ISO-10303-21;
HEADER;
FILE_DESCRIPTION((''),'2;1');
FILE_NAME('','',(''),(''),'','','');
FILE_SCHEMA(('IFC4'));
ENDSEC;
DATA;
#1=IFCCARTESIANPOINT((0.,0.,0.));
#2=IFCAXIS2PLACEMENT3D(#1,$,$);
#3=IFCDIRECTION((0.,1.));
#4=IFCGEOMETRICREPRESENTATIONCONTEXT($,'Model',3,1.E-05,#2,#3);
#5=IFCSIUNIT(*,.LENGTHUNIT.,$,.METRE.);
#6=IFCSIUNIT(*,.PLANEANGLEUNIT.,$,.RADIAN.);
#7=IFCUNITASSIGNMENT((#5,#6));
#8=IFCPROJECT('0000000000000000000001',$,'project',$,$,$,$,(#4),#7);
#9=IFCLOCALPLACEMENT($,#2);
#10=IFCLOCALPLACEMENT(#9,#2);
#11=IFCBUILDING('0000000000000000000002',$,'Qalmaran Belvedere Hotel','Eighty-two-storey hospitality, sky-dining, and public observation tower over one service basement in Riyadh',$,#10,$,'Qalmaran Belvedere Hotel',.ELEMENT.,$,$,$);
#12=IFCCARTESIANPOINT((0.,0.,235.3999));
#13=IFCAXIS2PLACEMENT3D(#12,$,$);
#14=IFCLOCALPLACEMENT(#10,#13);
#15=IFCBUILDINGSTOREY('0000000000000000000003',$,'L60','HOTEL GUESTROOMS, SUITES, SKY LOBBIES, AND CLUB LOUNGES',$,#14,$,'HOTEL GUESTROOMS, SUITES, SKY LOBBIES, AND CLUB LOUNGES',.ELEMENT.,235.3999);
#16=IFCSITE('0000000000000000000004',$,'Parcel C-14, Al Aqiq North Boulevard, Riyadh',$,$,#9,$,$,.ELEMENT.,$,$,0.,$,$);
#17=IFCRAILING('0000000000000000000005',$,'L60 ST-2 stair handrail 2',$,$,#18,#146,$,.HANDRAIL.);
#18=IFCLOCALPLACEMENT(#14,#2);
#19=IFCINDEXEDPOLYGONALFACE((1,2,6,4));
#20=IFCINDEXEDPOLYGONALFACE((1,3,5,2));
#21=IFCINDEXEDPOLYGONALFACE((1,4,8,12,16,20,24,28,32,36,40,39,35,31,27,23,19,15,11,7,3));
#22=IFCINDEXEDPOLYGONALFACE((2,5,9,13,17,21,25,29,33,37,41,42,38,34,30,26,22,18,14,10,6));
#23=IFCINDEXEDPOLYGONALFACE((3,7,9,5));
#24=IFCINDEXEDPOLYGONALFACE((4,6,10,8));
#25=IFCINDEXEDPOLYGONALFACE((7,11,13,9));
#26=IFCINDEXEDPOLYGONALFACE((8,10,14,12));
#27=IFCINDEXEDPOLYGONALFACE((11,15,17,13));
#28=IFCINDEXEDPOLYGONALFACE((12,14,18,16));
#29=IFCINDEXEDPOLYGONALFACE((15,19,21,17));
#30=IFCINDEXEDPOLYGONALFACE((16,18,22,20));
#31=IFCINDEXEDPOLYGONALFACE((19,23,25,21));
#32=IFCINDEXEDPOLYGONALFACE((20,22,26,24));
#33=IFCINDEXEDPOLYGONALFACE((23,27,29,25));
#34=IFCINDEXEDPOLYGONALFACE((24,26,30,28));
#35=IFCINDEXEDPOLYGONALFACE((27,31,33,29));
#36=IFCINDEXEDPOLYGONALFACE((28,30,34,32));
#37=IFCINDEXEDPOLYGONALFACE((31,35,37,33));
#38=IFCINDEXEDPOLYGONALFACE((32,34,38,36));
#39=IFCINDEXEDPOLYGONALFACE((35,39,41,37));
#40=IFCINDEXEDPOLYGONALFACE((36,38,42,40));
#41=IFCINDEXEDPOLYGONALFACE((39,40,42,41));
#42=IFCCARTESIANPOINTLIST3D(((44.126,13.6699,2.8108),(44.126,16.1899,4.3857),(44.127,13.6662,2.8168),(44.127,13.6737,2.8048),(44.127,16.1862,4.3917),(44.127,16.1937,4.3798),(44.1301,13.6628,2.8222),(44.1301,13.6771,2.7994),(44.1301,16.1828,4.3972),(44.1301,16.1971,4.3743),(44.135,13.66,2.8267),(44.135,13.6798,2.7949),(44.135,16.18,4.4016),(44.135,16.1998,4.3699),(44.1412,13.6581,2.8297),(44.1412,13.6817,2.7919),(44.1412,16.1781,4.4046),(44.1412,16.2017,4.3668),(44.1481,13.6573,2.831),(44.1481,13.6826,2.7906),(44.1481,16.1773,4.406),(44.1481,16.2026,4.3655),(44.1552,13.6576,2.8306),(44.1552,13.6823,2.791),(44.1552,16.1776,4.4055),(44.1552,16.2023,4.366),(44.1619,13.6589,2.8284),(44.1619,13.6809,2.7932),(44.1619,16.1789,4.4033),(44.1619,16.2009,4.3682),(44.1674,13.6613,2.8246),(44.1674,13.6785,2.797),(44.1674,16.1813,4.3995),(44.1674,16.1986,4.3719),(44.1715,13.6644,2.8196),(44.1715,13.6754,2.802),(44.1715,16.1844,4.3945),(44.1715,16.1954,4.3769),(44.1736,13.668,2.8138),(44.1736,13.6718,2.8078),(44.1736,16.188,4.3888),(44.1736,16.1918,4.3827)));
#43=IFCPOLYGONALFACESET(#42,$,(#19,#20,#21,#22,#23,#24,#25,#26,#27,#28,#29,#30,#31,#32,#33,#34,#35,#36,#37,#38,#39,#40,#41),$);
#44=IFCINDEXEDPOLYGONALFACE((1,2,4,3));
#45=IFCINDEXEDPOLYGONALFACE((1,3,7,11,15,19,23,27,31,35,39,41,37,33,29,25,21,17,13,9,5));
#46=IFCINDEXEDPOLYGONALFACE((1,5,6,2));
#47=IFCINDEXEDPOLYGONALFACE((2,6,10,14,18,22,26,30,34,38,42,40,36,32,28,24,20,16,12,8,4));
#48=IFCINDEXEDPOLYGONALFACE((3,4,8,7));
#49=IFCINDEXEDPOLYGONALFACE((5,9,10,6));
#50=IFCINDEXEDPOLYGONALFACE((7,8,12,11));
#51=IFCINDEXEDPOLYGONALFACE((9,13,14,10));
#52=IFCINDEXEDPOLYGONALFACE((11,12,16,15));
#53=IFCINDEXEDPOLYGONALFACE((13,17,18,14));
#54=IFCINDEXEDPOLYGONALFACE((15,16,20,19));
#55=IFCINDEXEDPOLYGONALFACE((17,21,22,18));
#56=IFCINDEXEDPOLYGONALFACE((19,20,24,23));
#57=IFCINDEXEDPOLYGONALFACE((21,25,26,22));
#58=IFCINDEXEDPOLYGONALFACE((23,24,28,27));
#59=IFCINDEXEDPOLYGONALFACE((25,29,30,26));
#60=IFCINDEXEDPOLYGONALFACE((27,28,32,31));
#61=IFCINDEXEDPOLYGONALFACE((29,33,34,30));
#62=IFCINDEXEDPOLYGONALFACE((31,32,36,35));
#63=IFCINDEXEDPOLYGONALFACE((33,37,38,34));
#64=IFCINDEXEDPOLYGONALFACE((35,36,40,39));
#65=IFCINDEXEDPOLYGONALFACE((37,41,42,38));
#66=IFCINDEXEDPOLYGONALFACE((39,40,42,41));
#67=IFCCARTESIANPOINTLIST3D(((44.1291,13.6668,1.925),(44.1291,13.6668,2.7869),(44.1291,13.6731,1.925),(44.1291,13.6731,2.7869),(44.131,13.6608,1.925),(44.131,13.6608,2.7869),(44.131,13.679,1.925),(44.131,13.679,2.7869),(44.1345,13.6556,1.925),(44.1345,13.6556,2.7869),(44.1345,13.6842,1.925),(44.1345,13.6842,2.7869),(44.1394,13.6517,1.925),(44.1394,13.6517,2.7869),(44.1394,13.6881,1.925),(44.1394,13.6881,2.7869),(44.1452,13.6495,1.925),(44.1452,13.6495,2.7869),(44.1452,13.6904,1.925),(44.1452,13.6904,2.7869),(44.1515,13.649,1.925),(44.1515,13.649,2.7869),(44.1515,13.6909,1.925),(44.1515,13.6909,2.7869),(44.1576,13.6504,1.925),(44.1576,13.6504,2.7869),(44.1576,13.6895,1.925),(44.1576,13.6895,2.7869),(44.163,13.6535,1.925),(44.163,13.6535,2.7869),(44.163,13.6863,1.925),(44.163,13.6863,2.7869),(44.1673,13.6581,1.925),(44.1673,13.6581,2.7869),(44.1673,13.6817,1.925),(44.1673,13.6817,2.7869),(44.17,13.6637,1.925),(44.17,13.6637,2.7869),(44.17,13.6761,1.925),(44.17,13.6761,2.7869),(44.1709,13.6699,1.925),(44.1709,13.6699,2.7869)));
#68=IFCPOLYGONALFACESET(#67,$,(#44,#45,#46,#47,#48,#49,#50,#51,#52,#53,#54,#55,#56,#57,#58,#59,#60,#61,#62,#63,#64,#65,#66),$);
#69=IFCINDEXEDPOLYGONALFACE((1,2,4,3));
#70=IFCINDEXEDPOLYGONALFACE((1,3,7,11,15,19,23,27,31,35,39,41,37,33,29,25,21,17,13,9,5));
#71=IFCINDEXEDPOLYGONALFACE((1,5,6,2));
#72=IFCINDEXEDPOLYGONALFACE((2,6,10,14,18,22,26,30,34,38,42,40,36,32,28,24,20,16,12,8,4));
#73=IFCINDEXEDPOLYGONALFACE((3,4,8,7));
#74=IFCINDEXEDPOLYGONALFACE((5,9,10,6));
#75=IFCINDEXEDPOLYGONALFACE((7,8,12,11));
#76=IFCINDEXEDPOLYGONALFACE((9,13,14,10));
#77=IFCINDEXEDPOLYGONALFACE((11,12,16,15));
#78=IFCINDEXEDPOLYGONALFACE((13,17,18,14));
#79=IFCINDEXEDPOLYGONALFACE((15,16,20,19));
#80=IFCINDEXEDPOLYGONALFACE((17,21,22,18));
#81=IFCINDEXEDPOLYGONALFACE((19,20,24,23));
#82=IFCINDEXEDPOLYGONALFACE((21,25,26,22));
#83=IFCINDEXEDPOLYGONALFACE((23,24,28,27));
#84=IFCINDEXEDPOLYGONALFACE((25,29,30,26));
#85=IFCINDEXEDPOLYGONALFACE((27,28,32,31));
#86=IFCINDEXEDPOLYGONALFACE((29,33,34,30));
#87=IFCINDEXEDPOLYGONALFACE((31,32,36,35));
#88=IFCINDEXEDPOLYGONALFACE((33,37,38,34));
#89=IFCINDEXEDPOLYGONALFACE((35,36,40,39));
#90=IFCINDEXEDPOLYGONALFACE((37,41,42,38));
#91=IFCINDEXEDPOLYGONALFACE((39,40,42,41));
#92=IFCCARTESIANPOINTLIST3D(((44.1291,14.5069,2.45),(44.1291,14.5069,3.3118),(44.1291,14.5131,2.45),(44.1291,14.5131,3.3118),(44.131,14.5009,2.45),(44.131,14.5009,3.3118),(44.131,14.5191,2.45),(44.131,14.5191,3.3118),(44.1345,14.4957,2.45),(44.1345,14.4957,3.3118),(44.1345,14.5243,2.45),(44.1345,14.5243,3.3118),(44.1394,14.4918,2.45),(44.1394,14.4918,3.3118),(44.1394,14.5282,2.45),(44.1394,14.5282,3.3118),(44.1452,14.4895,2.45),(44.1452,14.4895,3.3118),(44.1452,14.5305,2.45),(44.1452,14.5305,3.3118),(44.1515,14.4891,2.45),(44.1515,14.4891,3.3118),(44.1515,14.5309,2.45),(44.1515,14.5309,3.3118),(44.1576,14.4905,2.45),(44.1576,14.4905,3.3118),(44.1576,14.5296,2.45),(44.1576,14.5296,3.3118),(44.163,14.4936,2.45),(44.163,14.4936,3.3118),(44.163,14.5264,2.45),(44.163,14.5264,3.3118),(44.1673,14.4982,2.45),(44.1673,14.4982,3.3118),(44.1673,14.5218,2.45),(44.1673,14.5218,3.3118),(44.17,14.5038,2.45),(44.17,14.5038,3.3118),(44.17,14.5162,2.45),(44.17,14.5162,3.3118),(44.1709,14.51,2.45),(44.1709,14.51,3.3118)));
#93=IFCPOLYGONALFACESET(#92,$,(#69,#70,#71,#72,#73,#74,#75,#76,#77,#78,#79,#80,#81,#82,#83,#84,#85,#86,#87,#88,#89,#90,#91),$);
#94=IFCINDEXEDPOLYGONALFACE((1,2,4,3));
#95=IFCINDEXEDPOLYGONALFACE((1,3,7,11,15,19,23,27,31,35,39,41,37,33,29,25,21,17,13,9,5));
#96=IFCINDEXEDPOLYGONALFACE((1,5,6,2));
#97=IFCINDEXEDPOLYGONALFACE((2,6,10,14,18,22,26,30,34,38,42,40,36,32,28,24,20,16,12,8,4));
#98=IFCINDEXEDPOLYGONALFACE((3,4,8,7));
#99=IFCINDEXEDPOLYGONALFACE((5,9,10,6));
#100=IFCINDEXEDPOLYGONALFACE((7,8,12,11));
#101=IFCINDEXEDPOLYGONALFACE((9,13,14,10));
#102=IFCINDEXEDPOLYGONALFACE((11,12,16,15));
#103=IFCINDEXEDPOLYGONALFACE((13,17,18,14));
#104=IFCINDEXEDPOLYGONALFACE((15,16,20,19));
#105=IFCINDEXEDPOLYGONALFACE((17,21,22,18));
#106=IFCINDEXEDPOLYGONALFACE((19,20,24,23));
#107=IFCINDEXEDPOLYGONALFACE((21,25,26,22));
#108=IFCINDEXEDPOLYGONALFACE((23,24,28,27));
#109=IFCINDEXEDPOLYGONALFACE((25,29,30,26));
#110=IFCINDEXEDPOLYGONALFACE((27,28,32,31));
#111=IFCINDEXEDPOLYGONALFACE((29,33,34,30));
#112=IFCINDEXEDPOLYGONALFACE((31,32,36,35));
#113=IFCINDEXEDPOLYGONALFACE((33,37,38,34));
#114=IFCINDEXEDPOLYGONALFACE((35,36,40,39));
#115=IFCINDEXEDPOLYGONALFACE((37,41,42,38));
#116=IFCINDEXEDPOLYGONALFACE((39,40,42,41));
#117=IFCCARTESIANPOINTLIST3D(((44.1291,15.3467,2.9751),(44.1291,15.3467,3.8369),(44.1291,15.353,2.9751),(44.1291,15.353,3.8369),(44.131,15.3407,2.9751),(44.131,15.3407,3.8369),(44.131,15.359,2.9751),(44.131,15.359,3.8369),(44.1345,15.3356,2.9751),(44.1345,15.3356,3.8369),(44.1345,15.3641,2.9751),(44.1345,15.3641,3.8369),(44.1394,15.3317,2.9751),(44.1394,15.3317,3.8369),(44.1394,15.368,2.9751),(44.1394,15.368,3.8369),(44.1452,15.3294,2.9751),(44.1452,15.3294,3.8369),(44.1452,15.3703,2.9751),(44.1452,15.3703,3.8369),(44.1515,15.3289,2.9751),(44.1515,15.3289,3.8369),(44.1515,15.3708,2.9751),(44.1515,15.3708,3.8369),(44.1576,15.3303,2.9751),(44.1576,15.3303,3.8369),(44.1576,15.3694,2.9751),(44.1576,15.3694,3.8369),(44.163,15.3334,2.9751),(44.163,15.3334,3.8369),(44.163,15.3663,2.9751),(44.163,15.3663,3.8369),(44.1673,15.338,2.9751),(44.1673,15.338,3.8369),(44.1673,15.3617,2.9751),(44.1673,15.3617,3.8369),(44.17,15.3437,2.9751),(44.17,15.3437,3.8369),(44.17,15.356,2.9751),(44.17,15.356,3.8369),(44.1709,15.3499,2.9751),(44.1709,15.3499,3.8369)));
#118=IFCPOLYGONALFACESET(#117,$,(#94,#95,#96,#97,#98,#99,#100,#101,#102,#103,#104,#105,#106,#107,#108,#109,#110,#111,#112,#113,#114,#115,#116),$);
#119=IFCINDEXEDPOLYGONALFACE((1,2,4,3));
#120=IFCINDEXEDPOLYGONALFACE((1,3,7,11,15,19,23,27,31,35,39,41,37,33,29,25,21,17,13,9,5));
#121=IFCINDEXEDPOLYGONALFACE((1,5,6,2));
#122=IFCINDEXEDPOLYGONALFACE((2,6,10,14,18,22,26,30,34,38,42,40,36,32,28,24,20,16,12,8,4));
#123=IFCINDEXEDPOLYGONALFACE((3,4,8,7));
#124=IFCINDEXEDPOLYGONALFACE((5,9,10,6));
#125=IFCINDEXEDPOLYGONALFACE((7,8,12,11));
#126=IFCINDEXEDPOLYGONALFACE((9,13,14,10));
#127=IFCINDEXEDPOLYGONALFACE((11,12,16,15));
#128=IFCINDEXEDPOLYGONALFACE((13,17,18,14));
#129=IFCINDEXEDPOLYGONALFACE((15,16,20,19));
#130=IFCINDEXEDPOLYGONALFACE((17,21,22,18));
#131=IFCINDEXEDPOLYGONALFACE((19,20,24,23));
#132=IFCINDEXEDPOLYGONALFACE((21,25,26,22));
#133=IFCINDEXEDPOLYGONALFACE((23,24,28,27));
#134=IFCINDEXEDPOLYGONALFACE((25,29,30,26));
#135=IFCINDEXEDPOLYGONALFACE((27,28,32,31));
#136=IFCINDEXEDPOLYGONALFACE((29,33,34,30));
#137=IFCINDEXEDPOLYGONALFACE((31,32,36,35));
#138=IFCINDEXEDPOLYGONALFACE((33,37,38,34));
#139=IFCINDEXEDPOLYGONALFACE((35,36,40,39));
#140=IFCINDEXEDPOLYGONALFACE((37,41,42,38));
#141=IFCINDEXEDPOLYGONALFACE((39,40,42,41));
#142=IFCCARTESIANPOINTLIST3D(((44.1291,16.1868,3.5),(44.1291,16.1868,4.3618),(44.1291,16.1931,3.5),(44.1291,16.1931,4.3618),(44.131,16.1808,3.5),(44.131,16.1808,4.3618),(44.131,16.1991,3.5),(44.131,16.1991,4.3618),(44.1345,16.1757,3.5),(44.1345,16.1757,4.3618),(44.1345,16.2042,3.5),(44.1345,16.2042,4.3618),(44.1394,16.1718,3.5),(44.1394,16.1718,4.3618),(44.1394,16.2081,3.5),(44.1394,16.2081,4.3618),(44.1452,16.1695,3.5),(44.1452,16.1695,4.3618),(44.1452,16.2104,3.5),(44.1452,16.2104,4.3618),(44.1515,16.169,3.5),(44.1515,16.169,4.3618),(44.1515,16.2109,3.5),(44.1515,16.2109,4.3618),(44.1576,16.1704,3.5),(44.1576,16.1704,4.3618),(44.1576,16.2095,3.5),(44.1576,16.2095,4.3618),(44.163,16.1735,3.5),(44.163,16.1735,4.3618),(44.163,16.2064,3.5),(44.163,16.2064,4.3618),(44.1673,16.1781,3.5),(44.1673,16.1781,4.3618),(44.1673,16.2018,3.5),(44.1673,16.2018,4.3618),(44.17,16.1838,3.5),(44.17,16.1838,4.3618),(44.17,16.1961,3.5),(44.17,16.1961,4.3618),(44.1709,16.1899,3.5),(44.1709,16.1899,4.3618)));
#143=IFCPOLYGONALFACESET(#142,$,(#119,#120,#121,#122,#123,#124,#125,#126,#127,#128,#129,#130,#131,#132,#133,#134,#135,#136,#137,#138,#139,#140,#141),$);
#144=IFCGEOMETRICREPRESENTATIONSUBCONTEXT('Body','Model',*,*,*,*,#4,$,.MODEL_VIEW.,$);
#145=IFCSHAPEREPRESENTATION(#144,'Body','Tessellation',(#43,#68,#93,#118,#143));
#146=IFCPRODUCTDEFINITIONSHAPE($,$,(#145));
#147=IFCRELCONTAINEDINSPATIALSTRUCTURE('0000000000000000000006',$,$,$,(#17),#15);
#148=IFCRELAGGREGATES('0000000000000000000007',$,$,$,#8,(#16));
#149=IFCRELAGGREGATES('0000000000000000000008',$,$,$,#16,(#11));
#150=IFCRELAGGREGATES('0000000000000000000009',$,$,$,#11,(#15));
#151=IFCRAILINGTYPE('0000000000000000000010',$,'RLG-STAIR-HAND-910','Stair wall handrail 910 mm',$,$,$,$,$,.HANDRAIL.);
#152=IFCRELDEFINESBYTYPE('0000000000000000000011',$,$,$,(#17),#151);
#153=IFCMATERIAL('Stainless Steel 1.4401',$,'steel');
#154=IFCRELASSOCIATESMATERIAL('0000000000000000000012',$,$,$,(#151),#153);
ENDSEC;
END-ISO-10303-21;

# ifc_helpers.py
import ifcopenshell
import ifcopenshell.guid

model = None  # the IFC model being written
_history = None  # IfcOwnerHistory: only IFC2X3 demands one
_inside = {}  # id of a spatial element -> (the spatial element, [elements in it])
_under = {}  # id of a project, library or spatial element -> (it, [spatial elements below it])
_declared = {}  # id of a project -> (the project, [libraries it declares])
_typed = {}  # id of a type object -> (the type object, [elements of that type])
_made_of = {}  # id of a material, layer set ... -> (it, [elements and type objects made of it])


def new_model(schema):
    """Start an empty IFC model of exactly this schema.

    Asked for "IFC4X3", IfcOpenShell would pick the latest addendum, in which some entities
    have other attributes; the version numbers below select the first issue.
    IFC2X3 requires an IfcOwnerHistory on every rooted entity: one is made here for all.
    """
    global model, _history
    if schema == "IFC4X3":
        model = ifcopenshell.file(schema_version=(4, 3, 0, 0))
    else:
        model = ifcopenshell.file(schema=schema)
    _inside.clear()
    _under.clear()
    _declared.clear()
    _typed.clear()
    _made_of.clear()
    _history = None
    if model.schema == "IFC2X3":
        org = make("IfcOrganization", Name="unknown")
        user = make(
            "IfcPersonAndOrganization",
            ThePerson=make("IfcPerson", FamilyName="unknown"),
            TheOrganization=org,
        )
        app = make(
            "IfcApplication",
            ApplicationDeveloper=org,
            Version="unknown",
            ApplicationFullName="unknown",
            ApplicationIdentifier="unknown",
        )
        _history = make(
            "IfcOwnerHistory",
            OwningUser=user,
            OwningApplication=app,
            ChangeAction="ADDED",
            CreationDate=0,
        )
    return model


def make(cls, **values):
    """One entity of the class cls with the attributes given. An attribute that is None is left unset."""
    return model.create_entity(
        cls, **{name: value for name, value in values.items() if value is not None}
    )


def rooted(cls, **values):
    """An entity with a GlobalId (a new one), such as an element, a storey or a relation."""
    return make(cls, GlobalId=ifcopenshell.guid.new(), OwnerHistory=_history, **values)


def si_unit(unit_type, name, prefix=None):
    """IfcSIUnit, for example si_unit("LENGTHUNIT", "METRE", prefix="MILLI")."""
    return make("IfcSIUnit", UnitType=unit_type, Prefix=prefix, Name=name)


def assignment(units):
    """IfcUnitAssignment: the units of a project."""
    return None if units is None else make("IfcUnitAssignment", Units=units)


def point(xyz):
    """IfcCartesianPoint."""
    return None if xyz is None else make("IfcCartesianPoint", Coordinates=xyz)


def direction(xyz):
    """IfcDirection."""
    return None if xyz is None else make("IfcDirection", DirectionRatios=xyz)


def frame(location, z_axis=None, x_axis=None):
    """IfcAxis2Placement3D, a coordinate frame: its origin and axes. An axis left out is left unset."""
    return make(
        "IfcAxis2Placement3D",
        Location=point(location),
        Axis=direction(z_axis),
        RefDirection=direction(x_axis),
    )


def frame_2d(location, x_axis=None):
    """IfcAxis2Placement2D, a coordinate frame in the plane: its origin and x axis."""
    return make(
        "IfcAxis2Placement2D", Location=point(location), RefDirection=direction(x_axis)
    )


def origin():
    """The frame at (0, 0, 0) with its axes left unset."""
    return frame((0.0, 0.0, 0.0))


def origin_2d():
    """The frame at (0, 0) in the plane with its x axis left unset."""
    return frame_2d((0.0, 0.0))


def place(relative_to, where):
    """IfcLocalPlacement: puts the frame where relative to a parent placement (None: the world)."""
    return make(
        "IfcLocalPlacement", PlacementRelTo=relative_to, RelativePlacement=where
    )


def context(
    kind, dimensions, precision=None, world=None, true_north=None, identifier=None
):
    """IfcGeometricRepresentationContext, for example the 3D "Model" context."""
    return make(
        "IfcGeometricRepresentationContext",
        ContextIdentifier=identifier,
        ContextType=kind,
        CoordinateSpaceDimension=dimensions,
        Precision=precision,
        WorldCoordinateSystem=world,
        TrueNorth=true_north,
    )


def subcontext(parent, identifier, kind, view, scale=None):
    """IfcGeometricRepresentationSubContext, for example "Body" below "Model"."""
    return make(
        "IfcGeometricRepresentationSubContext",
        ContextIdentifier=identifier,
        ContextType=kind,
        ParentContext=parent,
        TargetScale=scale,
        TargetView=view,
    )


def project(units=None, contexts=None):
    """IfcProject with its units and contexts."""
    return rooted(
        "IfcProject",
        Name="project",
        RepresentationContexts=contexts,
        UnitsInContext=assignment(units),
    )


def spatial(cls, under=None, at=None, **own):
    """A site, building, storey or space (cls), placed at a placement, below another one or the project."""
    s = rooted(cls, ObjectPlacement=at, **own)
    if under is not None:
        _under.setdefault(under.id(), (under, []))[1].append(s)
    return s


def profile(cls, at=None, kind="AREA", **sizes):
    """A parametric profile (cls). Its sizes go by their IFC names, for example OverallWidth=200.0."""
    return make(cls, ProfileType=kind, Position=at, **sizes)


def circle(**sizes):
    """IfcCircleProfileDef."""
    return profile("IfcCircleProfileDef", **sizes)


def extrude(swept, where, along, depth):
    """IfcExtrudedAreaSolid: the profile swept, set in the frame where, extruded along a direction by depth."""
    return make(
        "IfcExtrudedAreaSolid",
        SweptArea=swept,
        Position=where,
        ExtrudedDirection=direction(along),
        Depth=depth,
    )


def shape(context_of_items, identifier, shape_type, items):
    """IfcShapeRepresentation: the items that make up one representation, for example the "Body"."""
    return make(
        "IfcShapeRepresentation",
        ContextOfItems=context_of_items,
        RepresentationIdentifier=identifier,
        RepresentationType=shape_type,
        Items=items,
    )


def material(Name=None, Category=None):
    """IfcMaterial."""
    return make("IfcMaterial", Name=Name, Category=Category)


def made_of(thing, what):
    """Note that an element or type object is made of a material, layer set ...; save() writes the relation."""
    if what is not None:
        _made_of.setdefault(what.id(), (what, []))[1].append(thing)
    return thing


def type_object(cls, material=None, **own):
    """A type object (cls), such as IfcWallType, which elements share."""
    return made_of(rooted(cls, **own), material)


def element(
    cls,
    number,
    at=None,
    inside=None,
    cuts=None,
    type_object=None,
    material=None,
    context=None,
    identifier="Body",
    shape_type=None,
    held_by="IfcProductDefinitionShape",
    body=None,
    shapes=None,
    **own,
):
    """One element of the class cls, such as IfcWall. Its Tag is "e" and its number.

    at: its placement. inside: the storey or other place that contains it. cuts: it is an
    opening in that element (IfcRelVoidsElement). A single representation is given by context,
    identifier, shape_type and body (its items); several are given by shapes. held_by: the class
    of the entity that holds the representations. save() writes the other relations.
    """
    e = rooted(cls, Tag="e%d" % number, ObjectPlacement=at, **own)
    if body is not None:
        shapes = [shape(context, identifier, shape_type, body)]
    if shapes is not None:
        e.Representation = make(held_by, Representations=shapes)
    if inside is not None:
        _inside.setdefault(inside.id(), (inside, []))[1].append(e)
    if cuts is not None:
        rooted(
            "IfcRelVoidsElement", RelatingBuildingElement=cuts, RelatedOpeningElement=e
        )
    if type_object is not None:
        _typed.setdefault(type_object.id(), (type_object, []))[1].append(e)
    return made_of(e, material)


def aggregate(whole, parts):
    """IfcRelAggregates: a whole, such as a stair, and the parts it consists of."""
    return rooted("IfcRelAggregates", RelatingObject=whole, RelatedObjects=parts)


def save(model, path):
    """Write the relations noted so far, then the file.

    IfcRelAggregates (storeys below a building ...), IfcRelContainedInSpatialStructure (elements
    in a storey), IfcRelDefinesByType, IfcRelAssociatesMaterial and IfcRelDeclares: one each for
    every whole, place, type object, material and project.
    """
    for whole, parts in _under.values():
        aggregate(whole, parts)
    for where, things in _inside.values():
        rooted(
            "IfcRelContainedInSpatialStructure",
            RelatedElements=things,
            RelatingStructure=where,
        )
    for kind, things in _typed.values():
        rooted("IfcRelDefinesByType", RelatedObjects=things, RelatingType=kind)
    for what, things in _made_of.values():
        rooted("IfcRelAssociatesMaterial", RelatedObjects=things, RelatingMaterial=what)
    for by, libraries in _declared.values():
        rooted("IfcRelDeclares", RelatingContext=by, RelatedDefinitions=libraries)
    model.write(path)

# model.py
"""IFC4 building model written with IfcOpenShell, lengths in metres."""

from ifc_helpers import new_model, si_unit, direction, frame, origin, origin_2d, place, context, subcontext, project, spatial, circle, extrude, material, type_object, element, save


model = new_model("IFC4")

# Units and contexts
model_context = context("Model", 3, precision=1e-05, world=origin(), true_north=direction((0.0, 1.0)))
body_context = subcontext(model_context, "Body", "Model", "MODEL_VIEW")
ifc_project = project(units=[si_unit("LENGTHUNIT", "METRE"), si_unit("PLANEANGLEUNIT", "RADIAN")], contexts=[model_context])

# Site, building, storey
site_placement = place(None, origin())
site = spatial("IfcSite", under=ifc_project, at=site_placement, Name="Parcel C-14, Al Aqiq North Boulevard, Riyadh", CompositionType="ELEMENT", RefElevation=0.0)
building_placement = place(site_placement, origin())
building = spatial("IfcBuilding", under=site, at=building_placement, Name="Qalmaran Belvedere Hotel", Description="Eighty-two-storey hospitality, sky-dining, and public observation tower over one service basement in Riyadh", LongName="Qalmaran Belvedere Hotel", CompositionType="ELEMENT")
storey_placement = place(building_placement, frame((0.0, 0.0, 235.3999)))
storey = spatial("IfcBuildingStorey", under=building, at=storey_placement, Name="L60", Description="HOTEL GUESTROOMS, SUITES, SKY LOBBIES, AND CLUB LOUNGES", LongName="HOTEL GUESTROOMS, SUITES, SKY LOBBIES, AND CLUB LOUNGES", CompositionType="ELEMENT", Elevation=235.3999)

# Railing
ifc_material_1 = material(Name="Stainless Steel 1.4401", Category="steel")
railing_type_1 = type_object("IfcRailingType", Name="RLG-STAIR-HAND-910", Description="Stair wall handrail 910 mm", PredefinedType="HANDRAIL", material=ifc_material_1)
railing_1_placement = place(storey_placement, frame((44.1499, 13.6699, 1.925)))
element("IfcRailing", 1, at=railing_1_placement, inside=storey, type_object=railing_type_1, Name="L60 ST-2 stair handrail 2", PredefinedType="HANDRAIL", context=body_context, shape_type="SweptSolid", body=[
    extrude(circle(Radius=0.0239, at=origin_2d()), frame((0.0, 0.0, 0.8857), z_axis=(0.0, 0.848008, 0.529984), x_axis=(-1.0, 0.0, 0.0)), (0.0, 0.0, 1.0), 2.9717),
    extrude(circle(Radius=0.021, at=origin_2d()), origin(), (0.0, 0.0, 1.0), 0.8618),
    extrude(circle(Radius=0.021, at=origin_2d()), frame((0.0, 0.8401, 0.5249)), (0.0, 0.0, 1.0), 0.8618),
    extrude(circle(Radius=0.021, at=origin_2d()), frame((0.0, 1.6799, 1.05)), (0.0, 0.0, 1.0), 0.8618),
    extrude(circle(Radius=0.021, at=origin_2d()), frame((0.0, 2.52, 1.575)), (0.0, 0.0, 1.0), 0.8618),
])

save(model, "model.ifc")
